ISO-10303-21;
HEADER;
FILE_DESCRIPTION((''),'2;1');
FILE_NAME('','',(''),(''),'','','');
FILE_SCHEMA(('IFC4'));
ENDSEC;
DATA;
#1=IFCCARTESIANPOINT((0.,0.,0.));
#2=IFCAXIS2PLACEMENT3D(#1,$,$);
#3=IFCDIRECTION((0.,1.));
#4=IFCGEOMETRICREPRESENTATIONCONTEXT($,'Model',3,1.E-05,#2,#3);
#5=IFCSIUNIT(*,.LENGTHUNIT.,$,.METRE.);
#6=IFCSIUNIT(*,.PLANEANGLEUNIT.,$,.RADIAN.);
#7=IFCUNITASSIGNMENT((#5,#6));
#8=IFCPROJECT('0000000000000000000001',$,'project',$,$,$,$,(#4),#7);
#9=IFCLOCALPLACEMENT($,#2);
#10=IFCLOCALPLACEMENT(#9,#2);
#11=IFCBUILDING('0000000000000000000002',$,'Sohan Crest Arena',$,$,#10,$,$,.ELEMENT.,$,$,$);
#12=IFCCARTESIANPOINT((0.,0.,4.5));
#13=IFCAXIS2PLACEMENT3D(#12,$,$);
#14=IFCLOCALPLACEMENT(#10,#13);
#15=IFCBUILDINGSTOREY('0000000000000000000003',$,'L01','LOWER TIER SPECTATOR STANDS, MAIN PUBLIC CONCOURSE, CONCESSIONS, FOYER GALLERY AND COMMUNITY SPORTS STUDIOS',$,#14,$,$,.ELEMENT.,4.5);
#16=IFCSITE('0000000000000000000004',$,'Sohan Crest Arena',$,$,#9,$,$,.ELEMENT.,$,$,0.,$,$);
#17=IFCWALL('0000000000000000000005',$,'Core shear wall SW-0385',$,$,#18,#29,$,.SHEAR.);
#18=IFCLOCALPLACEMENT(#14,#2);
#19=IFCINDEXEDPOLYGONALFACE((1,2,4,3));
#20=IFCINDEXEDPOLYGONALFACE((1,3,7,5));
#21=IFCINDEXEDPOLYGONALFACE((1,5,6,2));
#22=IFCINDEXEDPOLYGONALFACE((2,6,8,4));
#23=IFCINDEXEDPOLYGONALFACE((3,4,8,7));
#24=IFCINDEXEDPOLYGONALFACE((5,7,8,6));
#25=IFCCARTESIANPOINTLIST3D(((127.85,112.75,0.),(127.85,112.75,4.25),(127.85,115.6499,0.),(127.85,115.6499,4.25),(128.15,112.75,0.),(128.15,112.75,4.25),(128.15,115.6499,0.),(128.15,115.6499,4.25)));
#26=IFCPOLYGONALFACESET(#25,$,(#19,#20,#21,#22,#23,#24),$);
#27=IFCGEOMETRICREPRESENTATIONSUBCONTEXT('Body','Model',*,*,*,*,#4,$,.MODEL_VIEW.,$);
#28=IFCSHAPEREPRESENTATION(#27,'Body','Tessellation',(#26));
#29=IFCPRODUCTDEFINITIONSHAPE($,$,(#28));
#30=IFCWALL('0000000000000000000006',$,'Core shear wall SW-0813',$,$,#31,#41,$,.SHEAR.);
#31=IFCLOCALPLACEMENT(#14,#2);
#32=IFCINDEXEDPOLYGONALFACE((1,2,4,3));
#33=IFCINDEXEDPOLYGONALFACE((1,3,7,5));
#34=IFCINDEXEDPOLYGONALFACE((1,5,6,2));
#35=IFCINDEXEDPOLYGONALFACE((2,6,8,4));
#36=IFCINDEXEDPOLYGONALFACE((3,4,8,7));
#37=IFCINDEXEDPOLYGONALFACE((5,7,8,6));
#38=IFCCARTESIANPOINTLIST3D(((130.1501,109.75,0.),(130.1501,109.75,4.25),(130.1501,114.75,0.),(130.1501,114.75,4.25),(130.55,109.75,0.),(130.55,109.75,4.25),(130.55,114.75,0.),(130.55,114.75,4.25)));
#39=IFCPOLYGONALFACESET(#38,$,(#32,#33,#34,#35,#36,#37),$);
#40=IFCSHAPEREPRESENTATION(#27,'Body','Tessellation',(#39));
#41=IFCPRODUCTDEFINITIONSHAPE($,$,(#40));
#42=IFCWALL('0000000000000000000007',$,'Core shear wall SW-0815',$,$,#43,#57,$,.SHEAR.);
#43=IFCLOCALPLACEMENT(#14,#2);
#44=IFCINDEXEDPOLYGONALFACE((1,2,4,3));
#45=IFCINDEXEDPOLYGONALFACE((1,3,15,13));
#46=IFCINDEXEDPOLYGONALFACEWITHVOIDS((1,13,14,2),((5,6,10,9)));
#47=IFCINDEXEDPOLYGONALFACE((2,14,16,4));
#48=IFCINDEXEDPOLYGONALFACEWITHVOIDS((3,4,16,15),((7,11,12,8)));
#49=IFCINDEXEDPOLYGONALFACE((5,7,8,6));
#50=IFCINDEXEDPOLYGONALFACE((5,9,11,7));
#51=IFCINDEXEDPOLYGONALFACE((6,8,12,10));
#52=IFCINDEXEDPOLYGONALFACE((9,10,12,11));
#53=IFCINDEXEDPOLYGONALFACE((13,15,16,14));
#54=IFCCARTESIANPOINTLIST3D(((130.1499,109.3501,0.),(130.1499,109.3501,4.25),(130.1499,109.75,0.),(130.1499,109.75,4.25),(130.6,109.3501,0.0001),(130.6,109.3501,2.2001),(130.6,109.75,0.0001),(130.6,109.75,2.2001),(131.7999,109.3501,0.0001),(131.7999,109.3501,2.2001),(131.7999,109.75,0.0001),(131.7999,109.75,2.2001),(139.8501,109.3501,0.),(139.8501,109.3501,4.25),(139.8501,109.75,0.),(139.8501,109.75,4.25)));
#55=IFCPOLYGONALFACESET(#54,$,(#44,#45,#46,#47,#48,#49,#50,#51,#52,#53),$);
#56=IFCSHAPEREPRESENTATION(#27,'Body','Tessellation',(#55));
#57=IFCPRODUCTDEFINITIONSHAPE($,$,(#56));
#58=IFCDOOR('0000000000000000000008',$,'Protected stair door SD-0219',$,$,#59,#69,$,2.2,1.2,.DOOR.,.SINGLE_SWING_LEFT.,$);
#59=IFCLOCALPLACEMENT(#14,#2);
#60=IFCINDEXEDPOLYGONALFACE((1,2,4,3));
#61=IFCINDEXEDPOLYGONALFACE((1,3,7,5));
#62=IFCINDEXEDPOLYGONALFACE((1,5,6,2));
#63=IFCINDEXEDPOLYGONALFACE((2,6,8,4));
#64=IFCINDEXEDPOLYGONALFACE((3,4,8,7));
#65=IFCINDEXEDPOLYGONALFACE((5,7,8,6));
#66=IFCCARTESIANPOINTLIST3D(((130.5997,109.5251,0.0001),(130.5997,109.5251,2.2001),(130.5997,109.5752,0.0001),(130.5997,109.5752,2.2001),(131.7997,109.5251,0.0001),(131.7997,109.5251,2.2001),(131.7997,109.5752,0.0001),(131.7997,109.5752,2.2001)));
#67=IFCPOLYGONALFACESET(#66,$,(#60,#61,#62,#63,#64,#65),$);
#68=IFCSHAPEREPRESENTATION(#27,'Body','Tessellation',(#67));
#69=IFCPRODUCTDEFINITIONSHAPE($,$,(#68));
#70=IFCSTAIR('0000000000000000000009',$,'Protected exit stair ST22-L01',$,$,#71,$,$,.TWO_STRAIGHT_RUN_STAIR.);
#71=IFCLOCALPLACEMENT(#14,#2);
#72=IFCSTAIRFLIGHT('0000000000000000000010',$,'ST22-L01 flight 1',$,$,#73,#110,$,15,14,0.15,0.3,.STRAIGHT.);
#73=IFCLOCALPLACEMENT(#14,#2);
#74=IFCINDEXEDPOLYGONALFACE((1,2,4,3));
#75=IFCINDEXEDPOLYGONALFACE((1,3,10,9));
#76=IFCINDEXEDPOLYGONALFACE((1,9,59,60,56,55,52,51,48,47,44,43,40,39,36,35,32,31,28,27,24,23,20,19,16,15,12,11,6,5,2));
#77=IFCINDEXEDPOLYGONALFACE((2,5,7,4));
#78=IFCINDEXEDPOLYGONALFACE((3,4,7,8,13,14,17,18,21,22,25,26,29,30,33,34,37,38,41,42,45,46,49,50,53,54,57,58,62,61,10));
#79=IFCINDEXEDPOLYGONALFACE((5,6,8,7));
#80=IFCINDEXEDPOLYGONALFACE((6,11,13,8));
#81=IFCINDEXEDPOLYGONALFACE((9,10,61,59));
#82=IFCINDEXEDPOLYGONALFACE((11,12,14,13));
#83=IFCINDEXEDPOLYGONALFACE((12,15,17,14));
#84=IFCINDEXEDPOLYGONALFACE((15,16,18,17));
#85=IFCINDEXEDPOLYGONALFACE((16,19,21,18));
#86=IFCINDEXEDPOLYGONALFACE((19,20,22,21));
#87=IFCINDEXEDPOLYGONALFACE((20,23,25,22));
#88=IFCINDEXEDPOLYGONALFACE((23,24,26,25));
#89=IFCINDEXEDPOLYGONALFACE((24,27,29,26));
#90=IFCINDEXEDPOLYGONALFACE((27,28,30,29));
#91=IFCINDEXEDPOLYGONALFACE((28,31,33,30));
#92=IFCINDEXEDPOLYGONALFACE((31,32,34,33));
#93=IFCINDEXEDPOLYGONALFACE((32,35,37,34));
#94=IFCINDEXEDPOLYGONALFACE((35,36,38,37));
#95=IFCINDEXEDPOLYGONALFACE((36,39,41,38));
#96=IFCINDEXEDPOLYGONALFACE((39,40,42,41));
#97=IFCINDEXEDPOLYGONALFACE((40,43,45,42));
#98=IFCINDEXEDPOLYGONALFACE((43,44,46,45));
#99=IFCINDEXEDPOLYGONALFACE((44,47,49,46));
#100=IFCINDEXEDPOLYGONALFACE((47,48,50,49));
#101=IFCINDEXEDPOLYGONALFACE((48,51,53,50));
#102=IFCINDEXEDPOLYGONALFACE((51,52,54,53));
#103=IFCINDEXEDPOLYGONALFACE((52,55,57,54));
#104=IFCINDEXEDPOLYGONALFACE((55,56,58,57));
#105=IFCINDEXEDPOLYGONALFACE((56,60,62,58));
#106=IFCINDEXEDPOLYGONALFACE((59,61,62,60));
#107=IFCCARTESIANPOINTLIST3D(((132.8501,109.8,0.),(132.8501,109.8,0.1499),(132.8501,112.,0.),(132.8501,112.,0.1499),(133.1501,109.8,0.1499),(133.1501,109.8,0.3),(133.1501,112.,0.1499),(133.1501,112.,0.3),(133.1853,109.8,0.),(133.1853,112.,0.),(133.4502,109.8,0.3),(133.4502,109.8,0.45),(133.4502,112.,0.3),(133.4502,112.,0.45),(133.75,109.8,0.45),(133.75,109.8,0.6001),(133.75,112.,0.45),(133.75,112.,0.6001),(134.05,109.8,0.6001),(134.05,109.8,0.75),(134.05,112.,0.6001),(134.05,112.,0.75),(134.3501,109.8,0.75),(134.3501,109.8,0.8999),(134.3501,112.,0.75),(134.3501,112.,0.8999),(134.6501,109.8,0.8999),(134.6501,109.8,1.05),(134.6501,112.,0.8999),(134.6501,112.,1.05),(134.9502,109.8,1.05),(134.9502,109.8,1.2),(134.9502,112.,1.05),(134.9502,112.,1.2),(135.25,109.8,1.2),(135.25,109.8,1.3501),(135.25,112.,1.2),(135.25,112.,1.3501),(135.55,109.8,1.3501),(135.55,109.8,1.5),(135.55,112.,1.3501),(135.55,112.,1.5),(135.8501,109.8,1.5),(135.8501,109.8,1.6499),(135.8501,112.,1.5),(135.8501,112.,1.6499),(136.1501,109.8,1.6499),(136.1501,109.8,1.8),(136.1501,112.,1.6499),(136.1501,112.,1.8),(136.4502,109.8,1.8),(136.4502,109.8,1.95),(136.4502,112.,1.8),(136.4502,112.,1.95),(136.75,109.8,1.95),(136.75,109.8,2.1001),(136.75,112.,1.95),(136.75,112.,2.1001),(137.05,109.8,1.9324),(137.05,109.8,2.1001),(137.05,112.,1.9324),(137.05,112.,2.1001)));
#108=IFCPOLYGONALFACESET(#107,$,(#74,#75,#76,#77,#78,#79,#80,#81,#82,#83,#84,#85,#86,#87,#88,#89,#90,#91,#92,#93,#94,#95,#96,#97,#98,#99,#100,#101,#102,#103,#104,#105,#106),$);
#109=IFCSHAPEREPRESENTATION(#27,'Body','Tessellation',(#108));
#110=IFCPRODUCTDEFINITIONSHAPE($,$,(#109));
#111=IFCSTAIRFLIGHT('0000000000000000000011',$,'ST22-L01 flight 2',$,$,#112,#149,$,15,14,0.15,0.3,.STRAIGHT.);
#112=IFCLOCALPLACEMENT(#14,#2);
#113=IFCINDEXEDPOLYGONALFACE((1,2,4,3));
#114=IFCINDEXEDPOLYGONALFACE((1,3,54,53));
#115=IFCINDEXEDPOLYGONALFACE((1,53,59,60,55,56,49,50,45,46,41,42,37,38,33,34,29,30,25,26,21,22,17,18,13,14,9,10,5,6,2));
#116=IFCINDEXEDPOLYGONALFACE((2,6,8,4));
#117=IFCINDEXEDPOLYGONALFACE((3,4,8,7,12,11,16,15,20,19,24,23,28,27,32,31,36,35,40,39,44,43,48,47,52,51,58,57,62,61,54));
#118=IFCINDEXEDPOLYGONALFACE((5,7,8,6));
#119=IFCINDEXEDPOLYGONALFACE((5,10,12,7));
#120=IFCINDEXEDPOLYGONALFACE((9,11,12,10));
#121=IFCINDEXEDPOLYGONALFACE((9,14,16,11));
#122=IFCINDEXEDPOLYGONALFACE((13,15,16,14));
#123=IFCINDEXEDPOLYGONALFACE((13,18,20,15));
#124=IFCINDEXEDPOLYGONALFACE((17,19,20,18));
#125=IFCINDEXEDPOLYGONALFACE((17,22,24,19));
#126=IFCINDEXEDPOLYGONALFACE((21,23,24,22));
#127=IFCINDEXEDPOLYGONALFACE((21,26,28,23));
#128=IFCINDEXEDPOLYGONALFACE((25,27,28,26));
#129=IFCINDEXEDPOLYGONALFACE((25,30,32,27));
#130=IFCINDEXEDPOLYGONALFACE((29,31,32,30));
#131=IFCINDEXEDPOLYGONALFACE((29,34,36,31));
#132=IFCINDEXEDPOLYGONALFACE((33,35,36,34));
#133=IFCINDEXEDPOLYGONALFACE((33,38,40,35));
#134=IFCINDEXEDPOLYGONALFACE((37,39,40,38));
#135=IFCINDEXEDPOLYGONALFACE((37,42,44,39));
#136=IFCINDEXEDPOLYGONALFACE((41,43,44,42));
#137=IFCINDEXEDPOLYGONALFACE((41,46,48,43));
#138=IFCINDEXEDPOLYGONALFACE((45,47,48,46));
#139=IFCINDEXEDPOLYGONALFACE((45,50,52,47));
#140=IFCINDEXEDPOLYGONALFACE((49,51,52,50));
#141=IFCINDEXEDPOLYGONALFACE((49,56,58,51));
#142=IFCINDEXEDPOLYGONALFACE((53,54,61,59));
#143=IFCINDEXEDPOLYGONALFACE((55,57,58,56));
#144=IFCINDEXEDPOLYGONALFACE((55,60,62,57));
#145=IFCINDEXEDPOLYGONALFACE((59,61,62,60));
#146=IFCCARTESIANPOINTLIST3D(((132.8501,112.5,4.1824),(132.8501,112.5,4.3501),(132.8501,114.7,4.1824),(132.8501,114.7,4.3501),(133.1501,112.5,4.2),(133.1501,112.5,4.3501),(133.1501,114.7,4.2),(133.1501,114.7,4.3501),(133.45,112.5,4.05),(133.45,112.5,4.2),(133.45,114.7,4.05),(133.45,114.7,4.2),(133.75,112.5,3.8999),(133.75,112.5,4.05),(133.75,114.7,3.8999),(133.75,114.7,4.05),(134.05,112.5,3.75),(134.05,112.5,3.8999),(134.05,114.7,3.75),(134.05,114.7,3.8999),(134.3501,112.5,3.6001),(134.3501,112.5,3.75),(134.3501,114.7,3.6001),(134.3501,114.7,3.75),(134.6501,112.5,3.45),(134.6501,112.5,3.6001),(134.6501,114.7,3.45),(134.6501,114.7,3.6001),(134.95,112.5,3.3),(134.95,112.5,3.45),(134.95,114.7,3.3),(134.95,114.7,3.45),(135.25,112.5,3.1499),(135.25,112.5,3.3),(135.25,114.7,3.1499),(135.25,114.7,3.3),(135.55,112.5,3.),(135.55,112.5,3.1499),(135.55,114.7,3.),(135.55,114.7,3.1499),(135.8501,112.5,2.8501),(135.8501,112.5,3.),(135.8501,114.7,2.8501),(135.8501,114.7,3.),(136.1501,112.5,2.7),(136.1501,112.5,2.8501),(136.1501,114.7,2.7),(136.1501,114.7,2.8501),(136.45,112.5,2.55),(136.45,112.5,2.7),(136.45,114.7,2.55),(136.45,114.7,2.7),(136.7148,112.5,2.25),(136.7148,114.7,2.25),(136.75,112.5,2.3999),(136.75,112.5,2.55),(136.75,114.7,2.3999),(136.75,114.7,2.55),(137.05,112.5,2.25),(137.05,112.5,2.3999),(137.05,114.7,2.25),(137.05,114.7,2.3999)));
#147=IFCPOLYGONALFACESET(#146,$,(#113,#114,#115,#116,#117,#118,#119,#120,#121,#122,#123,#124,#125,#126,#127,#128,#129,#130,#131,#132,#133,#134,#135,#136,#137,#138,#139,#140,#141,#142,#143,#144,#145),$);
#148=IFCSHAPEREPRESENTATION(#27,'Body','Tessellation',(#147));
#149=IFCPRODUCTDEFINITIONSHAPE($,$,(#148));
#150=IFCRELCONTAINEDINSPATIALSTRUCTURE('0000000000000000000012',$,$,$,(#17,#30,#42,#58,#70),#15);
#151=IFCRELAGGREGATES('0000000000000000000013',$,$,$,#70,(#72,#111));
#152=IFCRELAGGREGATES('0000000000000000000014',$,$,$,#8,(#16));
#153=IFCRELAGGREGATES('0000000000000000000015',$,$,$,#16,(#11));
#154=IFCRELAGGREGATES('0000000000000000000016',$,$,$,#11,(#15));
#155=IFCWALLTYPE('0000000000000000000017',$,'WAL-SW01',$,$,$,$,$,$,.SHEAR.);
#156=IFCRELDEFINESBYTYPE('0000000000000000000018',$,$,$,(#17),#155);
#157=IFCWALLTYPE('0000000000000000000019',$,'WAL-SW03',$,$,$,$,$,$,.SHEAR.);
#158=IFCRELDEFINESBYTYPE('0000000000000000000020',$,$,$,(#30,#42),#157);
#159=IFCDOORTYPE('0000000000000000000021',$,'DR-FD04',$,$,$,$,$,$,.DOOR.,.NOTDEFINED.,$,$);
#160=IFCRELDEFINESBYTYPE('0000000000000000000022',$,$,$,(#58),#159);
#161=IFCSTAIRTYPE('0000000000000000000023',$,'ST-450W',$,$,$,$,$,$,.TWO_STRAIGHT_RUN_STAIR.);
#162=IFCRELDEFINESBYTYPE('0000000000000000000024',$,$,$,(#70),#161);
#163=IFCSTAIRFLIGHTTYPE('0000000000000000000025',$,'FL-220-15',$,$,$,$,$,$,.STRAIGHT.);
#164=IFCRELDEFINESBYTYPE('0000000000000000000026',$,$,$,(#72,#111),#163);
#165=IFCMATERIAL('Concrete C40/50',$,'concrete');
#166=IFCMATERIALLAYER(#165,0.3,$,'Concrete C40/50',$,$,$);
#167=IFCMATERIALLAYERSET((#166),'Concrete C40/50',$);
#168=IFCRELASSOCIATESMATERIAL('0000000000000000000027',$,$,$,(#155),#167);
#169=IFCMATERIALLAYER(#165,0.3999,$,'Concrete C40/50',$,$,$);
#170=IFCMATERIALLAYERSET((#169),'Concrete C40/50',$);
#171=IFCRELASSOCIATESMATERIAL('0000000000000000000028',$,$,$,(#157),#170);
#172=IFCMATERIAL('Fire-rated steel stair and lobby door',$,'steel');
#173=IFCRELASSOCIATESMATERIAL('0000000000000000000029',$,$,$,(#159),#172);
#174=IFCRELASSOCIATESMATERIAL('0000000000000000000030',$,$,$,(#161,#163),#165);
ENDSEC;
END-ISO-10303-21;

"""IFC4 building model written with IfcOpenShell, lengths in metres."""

from ifc_helpers import new_model, si_unit, direction, frame, frame_2d, origin, place, context, subcontext, project, spatial, polyline, rectangle, outline, extrude, material, layer, layer_set, type_object, element, fill, aggregate, save


model = new_model("IFC4")

# Units and contexts
model_context = context("Model", 3, precision=1e-05, world=origin(), true_north=direction((0.0, 1.0)))
body_context = subcontext(model_context, "Body", "Model", "MODEL_VIEW")
ifc_project = project(units=[si_unit("LENGTHUNIT", "METRE"), si_unit("PLANEANGLEUNIT", "RADIAN")], contexts=[model_context])

# Site, building, storey
site_placement = place(None, origin())
site = spatial("IfcSite", under=ifc_project, at=site_placement, Name="Sohan Crest Arena", CompositionType="ELEMENT", RefElevation=0.0)
building_placement = place(site_placement, origin())
building = spatial("IfcBuilding", under=site, at=building_placement, Name="Sohan Crest Arena", CompositionType="ELEMENT")
storey_placement = place(building_placement, frame((0.0, 0.0, 4.5)))
storey = spatial("IfcBuildingStorey", under=building, at=storey_placement, Name="L01", Description="LOWER TIER SPECTATOR STANDS, MAIN PUBLIC CONCOURSE, CONCESSIONS, FOYER GALLERY AND COMMUNITY SPORTS STUDIOS", CompositionType="ELEMENT", Elevation=4.5)

# Shared definitions
ifc_material_1 = material(Name="Concrete C40/50", Category="concrete")

# Walls
ifc_layer_1 = layer(ifc_material_1, 0.3, Name="Concrete C40/50")
ifc_layer_set_1 = layer_set([ifc_layer_1], Name="Concrete C40/50")
wall_type_1 = type_object("IfcWallType", Name="WAL-SW01", PredefinedType="SHEAR", material=ifc_layer_set_1)
wall_1_placement = place(storey_placement, frame((128.0, 112.75, 0.0), z_axis=(0.0, 0.0, 1.0), x_axis=(0.0, 1.0, 0.0)))
element("IfcWall", 1, at=wall_1_placement, inside=storey, type_object=wall_type_1, Name="Core shear wall SW-0385", PredefinedType="SHEAR", context=body_context, shape_type="SweptSolid", body=[
    extrude(rectangle(XDim=2.8999, YDim=0.3, at=frame_2d((1.45, 0.0))), origin(), (0.0, 0.0, 1.0), 4.25),
])
ifc_layer_2 = layer(ifc_material_1, 0.3999, Name="Concrete C40/50")
ifc_layer_set_2 = layer_set([ifc_layer_2], Name="Concrete C40/50")
wall_type_2 = type_object("IfcWallType", Name="WAL-SW03", PredefinedType="SHEAR", material=ifc_layer_set_2)
wall_2_placement = place(storey_placement, frame((130.3501, 109.75, 0.0), z_axis=(0.0, 0.0, 1.0), x_axis=(0.0, 1.0, 0.0)))
element("IfcWall", 2, at=wall_2_placement, inside=storey, type_object=wall_type_2, Name="Core shear wall SW-0813", PredefinedType="SHEAR", context=body_context, shape_type="SweptSolid", body=[
    extrude(rectangle(XDim=5.0, YDim=0.3999, at=frame_2d((2.5, 0.0))), origin(), (0.0, 0.0, 1.0), 4.25),
])

# Wall, opening, door
wall_3_placement = place(storey_placement, frame((130.1499, 109.55, 0.0), z_axis=(0.0, 0.0, 1.0), x_axis=(1.0, 0.0, 0.0)))
wall_3 = element("IfcWall", 3, at=wall_3_placement, inside=storey, type_object=wall_type_2, Name="Core shear wall SW-0815", PredefinedType="SHEAR", context=body_context, shape_type="SweptSolid", body=[
    extrude(rectangle(XDim=9.7002, YDim=0.3999, at=frame_2d((4.8501, 0.0))), origin(), (0.0, 0.0, 1.0), 4.25),
])
opening_placement = place(wall_3_placement, frame((0.45, 0.0, 0.0)))
opening = element("IfcOpeningElement", 4, at=opening_placement, cuts=wall_3, PredefinedType="OPENING", context=body_context, shape_type="SweptSolid", body=[
    extrude(rectangle(XDim=1.2, YDim=2.2, at=frame_2d((0.6001, 1.1001))), frame((0.0, 0.21, 0.0), z_axis=(0.0, -1.0, 0.0), x_axis=(1.0, 0.0, 0.0)), (0.0, 0.0, 1.0), 0.4199),
])
ifc_material_2 = material(Name="Fire-rated steel stair and lobby door", Category="steel")
door_type = type_object("IfcDoorType", Name="DR-FD04", OperationType="NOTDEFINED", PredefinedType="DOOR", material=ifc_material_2)
door_placement = place(opening_placement, frame((1.2, 0.0, 0.0), z_axis=(0.0, 0.0, 1.0), x_axis=(-1.0, 0.0, 0.0)))
door = element("IfcDoor", 5, at=door_placement, inside=storey, type_object=door_type, Name="Protected stair door SD-0219", OperationType="SINGLE_SWING_LEFT", OverallHeight=2.2, OverallWidth=1.2, PredefinedType="DOOR", context=body_context, shape_type="SweptSolid", body=[
    extrude(rectangle(XDim=1.2, YDim=2.2, at=frame_2d((0.6001, 1.1001))), frame((0.0, 0.0249, 0.0), z_axis=(0.0, -1.0, 0.0), x_axis=(1.0, 0.0, 0.0)), (0.0, 0.0, 1.0), 0.05),
])
fill(opening, door)

# Stair, stair flights
stair_type = type_object("IfcStairType", Name="ST-450W", PredefinedType="TWO_STRAIGHT_RUN_STAIR", material=ifc_material_1)
stair_placement = place(storey_placement, origin())
stair = element("IfcStair", 6, at=stair_placement, inside=storey, type_object=stair_type, Name="Protected exit stair ST22-L01", PredefinedType="TWO_STRAIGHT_RUN_STAIR")
stair_flight_type = type_object("IfcStairFlightType", Name="FL-220-15", PredefinedType="STRAIGHT", material=ifc_material_1)
stair_flight_1_placement = place(storey_placement, frame((132.8501, 110.8999, 0.0), z_axis=(0.0, 0.0, 1.0), x_axis=(1.0, 0.0, 0.0)))
stair_flight_1 = element("IfcStairFlight", 7, at=stair_flight_1_placement, type_object=stair_flight_type, Name="ST22-L01 flight 1", NumberOfRisers=15, NumberOfTreads=14, PredefinedType="STRAIGHT", RiserHeight=0.15, TreadLength=0.3, context=body_context, shape_type="SweptSolid", body=[
    extrude(outline(polyline([(0.0, 0.0), (0.0, 0.1499), (0.3, 0.1499), (0.3, 0.3), (0.6001, 0.3), (0.6001, 0.45), (0.8999, 0.45), (0.8999, 0.6001), (1.2, 0.6001), (1.2, 0.75), (1.5, 0.75), (1.5, 0.8999), (1.8, 0.8999), (1.8, 1.05), (2.1001, 1.05), (2.1001, 1.2), (2.3999, 1.2), (2.3999, 1.3501), (2.7, 1.3501), (2.7, 1.5), (3.0, 1.5), (3.0, 1.6499), (3.3, 1.6499), (3.3, 1.8), (3.6001, 1.8), (3.6001, 1.95), (3.8999, 1.95), (3.8999, 2.1001), (4.2, 2.1001), (4.2, 2.25), (4.2, 1.9324), (0.3352, 0.0), (0.0, 0.0)])), frame((0.0, 1.1001, 0.0), z_axis=(0.0, -1.0, 0.0), x_axis=(1.0, 0.0, 0.0)), (0.0, 0.0, 1.0), 2.2),
])
stair_flight_2_placement = place(storey_placement, frame((137.05, 113.6001, 2.25), z_axis=(0.0, 0.0, 1.0), x_axis=(-1.0, 0.0, 0.0)))
stair_flight_2 = element("IfcStairFlight", 8, at=stair_flight_2_placement, type_object=stair_flight_type, Name="ST22-L01 flight 2", NumberOfRisers=15, NumberOfTreads=14, PredefinedType="STRAIGHT", RiserHeight=0.15, TreadLength=0.3, context=body_context, shape_type="SweptSolid", body=[
    extrude(outline(polyline([(0.0, 0.0), (0.0, 0.1499), (0.3, 0.1499), (0.3, 0.3), (0.6001, 0.3), (0.6001, 0.45), (0.8999, 0.45), (0.8999, 0.6001), (1.2, 0.6001), (1.2, 0.75), (1.5, 0.75), (1.5, 0.8999), (1.8, 0.8999), (1.8, 1.05), (2.1001, 1.05), (2.1001, 1.2), (2.3999, 1.2), (2.3999, 1.3501), (2.7, 1.3501), (2.7, 1.5), (3.0, 1.5), (3.0, 1.6499), (3.3, 1.6499), (3.3, 1.8), (3.6001, 1.8), (3.6001, 1.95), (3.8999, 1.95), (3.8999, 2.1001), (4.2, 2.1001), (4.2, 2.25), (4.2, 1.9324), (0.3352, 0.0), (0.0, 0.0)])), frame((0.0, 1.1001, 0.0), z_axis=(0.0, -1.0, 0.0), x_axis=(1.0, 0.0, 0.0)), (0.0, 0.0, 1.0), 2.2),
])
aggregate(stair, [stair_flight_1, stair_flight_2])

save(model, "model.ifc")
